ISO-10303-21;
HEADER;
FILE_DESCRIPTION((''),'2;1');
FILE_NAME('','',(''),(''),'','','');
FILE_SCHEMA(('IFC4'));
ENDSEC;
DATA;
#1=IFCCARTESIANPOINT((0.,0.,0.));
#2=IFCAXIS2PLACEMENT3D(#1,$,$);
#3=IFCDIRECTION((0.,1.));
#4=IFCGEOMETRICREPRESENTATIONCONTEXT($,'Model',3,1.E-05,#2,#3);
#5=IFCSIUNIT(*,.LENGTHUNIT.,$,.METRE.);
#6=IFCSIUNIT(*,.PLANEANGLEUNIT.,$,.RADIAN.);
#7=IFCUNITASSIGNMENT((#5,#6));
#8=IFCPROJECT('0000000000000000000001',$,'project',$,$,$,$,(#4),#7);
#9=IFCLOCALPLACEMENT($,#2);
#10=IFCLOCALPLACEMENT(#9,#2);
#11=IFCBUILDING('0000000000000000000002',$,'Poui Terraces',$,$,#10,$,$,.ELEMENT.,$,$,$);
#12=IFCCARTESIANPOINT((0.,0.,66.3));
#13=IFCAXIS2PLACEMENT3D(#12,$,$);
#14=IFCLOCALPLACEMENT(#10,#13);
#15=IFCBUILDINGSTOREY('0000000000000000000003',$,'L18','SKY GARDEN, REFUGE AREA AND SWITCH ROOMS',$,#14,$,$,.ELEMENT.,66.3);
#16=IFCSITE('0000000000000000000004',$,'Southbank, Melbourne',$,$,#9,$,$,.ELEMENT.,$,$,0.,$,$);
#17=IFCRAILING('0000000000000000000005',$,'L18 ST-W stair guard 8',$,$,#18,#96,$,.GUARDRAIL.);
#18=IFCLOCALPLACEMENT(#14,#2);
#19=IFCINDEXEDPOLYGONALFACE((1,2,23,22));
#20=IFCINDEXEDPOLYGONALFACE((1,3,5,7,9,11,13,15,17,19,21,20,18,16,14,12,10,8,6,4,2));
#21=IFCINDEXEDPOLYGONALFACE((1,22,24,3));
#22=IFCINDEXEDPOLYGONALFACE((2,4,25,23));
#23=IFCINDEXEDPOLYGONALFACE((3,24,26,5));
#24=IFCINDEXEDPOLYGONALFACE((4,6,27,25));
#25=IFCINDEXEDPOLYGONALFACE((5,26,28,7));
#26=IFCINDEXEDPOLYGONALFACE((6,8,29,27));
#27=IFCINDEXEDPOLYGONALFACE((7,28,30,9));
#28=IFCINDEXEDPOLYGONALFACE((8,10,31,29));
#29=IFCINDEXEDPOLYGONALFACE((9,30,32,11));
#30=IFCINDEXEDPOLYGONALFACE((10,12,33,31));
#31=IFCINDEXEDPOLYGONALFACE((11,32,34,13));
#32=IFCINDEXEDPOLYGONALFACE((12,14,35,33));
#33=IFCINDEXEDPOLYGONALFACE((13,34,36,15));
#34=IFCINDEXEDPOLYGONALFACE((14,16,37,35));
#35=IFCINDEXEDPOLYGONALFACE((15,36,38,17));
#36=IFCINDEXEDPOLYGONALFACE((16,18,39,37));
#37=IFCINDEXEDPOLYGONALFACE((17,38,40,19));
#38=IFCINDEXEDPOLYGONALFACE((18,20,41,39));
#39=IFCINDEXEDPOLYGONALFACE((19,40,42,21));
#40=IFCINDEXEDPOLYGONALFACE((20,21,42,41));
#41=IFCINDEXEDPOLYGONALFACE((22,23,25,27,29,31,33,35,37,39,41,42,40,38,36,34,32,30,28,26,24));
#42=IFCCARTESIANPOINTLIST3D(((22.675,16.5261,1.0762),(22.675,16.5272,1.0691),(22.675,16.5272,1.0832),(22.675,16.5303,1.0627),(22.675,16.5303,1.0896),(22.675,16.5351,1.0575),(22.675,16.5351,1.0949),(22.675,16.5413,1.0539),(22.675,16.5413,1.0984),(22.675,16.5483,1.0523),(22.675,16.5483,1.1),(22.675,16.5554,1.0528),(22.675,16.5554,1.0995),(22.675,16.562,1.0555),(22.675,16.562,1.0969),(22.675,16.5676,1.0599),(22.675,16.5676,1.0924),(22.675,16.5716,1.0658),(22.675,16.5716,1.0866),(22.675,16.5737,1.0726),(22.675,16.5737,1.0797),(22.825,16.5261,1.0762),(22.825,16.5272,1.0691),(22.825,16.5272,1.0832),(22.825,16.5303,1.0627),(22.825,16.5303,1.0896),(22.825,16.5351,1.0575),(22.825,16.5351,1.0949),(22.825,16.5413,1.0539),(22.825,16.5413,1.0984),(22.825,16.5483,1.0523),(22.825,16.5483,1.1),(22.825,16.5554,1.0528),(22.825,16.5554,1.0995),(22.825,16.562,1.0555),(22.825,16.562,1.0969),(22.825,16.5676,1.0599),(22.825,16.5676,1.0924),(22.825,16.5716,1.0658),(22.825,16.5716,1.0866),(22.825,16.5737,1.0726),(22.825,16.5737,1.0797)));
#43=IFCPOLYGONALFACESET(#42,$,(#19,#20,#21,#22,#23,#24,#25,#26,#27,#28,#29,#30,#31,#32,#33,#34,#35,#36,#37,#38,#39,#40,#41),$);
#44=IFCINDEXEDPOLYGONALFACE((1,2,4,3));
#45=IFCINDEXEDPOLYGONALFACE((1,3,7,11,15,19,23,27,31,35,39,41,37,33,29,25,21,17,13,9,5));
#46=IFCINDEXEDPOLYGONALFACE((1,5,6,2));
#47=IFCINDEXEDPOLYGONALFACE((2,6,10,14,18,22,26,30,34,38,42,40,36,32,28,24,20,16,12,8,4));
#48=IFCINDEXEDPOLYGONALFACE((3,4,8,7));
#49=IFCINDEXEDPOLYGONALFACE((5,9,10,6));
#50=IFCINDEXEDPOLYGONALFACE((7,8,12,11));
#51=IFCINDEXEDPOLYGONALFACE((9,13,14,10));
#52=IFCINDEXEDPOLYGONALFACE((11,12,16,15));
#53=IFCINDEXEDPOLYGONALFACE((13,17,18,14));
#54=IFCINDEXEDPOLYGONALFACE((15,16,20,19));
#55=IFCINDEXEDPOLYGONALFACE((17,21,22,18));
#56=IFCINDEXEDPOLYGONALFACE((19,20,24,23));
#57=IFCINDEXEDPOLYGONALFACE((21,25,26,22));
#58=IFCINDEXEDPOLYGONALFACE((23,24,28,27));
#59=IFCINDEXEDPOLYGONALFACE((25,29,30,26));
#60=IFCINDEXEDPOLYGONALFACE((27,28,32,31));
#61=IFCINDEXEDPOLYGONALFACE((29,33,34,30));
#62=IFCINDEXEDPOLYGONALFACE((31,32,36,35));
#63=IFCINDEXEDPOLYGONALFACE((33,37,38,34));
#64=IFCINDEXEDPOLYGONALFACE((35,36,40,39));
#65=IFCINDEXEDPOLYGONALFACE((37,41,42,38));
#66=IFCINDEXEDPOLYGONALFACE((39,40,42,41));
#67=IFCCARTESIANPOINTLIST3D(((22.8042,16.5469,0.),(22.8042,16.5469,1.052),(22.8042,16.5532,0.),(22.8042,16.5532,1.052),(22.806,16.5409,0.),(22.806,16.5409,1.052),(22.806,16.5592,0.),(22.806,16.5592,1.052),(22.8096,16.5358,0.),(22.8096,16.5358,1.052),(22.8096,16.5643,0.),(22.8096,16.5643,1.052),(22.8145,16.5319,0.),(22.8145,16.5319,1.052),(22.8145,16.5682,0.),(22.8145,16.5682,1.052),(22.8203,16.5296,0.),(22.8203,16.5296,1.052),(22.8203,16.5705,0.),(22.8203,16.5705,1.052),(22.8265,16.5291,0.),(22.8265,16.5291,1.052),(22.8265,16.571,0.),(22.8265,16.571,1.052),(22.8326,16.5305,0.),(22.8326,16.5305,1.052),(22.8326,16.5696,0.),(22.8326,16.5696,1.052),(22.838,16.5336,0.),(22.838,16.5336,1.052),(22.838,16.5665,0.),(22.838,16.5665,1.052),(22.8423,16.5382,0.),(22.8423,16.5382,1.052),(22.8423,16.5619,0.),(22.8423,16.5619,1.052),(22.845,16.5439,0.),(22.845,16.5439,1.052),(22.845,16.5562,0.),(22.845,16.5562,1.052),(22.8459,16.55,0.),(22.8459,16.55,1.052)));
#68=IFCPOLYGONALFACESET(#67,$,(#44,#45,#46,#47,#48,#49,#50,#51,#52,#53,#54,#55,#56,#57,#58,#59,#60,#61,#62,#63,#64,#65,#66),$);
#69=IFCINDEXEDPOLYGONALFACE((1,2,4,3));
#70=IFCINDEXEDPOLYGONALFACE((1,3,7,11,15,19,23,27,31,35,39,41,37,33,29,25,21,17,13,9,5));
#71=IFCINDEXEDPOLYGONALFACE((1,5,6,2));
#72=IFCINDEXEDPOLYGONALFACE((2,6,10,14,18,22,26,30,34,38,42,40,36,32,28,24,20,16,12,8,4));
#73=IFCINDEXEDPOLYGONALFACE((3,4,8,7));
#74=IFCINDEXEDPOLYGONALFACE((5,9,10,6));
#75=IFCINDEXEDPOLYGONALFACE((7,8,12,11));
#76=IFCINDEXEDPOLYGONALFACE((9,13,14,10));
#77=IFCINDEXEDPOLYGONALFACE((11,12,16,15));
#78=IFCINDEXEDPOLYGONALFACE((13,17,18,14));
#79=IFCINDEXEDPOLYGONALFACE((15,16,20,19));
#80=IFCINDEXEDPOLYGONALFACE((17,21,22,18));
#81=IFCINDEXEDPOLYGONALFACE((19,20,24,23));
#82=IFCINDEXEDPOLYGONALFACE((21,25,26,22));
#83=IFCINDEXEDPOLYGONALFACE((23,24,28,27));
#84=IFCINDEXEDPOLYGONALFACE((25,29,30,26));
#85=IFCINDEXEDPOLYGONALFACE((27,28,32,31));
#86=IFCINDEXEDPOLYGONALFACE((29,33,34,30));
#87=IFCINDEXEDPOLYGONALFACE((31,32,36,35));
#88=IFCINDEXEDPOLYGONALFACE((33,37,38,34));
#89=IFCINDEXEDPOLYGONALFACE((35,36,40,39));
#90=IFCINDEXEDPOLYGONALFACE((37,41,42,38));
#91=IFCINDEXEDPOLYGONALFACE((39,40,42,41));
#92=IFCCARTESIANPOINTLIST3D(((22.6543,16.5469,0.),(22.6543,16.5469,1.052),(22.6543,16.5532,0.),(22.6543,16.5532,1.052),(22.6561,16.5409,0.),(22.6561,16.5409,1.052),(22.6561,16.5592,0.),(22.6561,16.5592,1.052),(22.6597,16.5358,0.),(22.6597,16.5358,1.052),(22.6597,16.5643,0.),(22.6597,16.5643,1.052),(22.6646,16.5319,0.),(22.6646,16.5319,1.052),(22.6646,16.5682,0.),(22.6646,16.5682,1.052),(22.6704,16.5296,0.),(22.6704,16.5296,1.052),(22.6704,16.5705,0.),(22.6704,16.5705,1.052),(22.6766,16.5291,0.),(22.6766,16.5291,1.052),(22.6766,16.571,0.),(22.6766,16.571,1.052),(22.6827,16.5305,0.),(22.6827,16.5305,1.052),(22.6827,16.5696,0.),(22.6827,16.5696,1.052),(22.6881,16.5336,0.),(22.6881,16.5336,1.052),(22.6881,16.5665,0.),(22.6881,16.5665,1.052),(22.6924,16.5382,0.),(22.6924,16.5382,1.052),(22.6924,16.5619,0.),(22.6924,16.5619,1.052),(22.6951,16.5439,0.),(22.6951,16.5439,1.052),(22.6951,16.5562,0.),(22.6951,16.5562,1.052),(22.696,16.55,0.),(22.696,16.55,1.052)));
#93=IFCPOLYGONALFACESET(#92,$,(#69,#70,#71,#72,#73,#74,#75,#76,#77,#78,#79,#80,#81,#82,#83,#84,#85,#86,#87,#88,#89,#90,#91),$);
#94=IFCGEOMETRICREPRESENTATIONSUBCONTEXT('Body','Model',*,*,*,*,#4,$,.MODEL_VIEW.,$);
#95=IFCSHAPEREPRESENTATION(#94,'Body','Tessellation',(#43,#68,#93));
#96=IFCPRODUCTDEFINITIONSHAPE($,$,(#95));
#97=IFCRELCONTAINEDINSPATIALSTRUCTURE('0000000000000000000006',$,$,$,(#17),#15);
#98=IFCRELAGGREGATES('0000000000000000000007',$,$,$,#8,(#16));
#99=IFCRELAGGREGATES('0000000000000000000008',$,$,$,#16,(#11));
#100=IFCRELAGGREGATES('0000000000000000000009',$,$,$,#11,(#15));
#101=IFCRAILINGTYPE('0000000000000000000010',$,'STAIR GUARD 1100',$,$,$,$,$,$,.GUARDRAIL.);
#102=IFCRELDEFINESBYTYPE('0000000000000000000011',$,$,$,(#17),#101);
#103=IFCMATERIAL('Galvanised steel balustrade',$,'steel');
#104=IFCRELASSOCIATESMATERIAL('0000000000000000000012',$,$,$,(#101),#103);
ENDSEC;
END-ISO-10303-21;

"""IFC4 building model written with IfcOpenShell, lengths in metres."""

from ifc_helpers import new_model, si_unit, direction, frame, origin, origin_2d, place, context, subcontext, project, spatial, circle, extrude, material, type_object, element, save


model = new_model("IFC4")

# Units and contexts
model_context = context("Model", 3, precision=1e-05, world=origin(), true_north=direction((0.0, 1.0)))
body_context = subcontext(model_context, "Body", "Model", "MODEL_VIEW")
ifc_project = project(units=[si_unit("LENGTHUNIT", "METRE"), si_unit("PLANEANGLEUNIT", "RADIAN")], contexts=[model_context])

# Site, building, storey
site_placement = place(None, origin())
site = spatial("IfcSite", under=ifc_project, at=site_placement, Name="Southbank, Melbourne", CompositionType="ELEMENT", RefElevation=0.0)
building_placement = place(site_placement, origin())
building = spatial("IfcBuilding", under=site, at=building_placement, Name="Poui Terraces", CompositionType="ELEMENT")
storey_placement = place(building_placement, frame((0.0, 0.0, 66.3)))
storey = spatial("IfcBuildingStorey", under=building, at=storey_placement, Name="L18", Description="SKY GARDEN, REFUGE AREA AND SWITCH ROOMS", CompositionType="ELEMENT", Elevation=66.3)

# Railing
ifc_material_1 = material(Name="Galvanised steel balustrade", Category="steel")
railing_type_1 = type_object("IfcRailingType", Name="STAIR GUARD 1100", PredefinedType="GUARDRAIL", material=ifc_material_1)
railing_1_placement = place(storey_placement, frame((22.825, 16.55, 0.0)))
element("IfcRailing", 1, at=railing_1_placement, inside=storey, type_object=railing_type_1, Name="L18 ST-W stair guard 8", PredefinedType="GUARDRAIL", context=body_context, shape_type="SweptSolid", body=[
    extrude(circle(Radius=0.0239, at=origin_2d()), frame((0.0, 0.0, 1.0762), z_axis=(-1.0, 0.0, 0.0), x_axis=(0.0, -1.0, 0.0)), (0.0, 0.0, 1.0), 0.1499),
    extrude(circle(Radius=0.021, at=origin_2d()), origin(), (0.0, 0.0, 1.0), 1.052),
    extrude(circle(Radius=0.021, at=origin_2d()), frame((-0.1499, 0.0, 0.0)), (0.0, 0.0, 1.0), 1.052),
])

save(model, "model.ifc")
